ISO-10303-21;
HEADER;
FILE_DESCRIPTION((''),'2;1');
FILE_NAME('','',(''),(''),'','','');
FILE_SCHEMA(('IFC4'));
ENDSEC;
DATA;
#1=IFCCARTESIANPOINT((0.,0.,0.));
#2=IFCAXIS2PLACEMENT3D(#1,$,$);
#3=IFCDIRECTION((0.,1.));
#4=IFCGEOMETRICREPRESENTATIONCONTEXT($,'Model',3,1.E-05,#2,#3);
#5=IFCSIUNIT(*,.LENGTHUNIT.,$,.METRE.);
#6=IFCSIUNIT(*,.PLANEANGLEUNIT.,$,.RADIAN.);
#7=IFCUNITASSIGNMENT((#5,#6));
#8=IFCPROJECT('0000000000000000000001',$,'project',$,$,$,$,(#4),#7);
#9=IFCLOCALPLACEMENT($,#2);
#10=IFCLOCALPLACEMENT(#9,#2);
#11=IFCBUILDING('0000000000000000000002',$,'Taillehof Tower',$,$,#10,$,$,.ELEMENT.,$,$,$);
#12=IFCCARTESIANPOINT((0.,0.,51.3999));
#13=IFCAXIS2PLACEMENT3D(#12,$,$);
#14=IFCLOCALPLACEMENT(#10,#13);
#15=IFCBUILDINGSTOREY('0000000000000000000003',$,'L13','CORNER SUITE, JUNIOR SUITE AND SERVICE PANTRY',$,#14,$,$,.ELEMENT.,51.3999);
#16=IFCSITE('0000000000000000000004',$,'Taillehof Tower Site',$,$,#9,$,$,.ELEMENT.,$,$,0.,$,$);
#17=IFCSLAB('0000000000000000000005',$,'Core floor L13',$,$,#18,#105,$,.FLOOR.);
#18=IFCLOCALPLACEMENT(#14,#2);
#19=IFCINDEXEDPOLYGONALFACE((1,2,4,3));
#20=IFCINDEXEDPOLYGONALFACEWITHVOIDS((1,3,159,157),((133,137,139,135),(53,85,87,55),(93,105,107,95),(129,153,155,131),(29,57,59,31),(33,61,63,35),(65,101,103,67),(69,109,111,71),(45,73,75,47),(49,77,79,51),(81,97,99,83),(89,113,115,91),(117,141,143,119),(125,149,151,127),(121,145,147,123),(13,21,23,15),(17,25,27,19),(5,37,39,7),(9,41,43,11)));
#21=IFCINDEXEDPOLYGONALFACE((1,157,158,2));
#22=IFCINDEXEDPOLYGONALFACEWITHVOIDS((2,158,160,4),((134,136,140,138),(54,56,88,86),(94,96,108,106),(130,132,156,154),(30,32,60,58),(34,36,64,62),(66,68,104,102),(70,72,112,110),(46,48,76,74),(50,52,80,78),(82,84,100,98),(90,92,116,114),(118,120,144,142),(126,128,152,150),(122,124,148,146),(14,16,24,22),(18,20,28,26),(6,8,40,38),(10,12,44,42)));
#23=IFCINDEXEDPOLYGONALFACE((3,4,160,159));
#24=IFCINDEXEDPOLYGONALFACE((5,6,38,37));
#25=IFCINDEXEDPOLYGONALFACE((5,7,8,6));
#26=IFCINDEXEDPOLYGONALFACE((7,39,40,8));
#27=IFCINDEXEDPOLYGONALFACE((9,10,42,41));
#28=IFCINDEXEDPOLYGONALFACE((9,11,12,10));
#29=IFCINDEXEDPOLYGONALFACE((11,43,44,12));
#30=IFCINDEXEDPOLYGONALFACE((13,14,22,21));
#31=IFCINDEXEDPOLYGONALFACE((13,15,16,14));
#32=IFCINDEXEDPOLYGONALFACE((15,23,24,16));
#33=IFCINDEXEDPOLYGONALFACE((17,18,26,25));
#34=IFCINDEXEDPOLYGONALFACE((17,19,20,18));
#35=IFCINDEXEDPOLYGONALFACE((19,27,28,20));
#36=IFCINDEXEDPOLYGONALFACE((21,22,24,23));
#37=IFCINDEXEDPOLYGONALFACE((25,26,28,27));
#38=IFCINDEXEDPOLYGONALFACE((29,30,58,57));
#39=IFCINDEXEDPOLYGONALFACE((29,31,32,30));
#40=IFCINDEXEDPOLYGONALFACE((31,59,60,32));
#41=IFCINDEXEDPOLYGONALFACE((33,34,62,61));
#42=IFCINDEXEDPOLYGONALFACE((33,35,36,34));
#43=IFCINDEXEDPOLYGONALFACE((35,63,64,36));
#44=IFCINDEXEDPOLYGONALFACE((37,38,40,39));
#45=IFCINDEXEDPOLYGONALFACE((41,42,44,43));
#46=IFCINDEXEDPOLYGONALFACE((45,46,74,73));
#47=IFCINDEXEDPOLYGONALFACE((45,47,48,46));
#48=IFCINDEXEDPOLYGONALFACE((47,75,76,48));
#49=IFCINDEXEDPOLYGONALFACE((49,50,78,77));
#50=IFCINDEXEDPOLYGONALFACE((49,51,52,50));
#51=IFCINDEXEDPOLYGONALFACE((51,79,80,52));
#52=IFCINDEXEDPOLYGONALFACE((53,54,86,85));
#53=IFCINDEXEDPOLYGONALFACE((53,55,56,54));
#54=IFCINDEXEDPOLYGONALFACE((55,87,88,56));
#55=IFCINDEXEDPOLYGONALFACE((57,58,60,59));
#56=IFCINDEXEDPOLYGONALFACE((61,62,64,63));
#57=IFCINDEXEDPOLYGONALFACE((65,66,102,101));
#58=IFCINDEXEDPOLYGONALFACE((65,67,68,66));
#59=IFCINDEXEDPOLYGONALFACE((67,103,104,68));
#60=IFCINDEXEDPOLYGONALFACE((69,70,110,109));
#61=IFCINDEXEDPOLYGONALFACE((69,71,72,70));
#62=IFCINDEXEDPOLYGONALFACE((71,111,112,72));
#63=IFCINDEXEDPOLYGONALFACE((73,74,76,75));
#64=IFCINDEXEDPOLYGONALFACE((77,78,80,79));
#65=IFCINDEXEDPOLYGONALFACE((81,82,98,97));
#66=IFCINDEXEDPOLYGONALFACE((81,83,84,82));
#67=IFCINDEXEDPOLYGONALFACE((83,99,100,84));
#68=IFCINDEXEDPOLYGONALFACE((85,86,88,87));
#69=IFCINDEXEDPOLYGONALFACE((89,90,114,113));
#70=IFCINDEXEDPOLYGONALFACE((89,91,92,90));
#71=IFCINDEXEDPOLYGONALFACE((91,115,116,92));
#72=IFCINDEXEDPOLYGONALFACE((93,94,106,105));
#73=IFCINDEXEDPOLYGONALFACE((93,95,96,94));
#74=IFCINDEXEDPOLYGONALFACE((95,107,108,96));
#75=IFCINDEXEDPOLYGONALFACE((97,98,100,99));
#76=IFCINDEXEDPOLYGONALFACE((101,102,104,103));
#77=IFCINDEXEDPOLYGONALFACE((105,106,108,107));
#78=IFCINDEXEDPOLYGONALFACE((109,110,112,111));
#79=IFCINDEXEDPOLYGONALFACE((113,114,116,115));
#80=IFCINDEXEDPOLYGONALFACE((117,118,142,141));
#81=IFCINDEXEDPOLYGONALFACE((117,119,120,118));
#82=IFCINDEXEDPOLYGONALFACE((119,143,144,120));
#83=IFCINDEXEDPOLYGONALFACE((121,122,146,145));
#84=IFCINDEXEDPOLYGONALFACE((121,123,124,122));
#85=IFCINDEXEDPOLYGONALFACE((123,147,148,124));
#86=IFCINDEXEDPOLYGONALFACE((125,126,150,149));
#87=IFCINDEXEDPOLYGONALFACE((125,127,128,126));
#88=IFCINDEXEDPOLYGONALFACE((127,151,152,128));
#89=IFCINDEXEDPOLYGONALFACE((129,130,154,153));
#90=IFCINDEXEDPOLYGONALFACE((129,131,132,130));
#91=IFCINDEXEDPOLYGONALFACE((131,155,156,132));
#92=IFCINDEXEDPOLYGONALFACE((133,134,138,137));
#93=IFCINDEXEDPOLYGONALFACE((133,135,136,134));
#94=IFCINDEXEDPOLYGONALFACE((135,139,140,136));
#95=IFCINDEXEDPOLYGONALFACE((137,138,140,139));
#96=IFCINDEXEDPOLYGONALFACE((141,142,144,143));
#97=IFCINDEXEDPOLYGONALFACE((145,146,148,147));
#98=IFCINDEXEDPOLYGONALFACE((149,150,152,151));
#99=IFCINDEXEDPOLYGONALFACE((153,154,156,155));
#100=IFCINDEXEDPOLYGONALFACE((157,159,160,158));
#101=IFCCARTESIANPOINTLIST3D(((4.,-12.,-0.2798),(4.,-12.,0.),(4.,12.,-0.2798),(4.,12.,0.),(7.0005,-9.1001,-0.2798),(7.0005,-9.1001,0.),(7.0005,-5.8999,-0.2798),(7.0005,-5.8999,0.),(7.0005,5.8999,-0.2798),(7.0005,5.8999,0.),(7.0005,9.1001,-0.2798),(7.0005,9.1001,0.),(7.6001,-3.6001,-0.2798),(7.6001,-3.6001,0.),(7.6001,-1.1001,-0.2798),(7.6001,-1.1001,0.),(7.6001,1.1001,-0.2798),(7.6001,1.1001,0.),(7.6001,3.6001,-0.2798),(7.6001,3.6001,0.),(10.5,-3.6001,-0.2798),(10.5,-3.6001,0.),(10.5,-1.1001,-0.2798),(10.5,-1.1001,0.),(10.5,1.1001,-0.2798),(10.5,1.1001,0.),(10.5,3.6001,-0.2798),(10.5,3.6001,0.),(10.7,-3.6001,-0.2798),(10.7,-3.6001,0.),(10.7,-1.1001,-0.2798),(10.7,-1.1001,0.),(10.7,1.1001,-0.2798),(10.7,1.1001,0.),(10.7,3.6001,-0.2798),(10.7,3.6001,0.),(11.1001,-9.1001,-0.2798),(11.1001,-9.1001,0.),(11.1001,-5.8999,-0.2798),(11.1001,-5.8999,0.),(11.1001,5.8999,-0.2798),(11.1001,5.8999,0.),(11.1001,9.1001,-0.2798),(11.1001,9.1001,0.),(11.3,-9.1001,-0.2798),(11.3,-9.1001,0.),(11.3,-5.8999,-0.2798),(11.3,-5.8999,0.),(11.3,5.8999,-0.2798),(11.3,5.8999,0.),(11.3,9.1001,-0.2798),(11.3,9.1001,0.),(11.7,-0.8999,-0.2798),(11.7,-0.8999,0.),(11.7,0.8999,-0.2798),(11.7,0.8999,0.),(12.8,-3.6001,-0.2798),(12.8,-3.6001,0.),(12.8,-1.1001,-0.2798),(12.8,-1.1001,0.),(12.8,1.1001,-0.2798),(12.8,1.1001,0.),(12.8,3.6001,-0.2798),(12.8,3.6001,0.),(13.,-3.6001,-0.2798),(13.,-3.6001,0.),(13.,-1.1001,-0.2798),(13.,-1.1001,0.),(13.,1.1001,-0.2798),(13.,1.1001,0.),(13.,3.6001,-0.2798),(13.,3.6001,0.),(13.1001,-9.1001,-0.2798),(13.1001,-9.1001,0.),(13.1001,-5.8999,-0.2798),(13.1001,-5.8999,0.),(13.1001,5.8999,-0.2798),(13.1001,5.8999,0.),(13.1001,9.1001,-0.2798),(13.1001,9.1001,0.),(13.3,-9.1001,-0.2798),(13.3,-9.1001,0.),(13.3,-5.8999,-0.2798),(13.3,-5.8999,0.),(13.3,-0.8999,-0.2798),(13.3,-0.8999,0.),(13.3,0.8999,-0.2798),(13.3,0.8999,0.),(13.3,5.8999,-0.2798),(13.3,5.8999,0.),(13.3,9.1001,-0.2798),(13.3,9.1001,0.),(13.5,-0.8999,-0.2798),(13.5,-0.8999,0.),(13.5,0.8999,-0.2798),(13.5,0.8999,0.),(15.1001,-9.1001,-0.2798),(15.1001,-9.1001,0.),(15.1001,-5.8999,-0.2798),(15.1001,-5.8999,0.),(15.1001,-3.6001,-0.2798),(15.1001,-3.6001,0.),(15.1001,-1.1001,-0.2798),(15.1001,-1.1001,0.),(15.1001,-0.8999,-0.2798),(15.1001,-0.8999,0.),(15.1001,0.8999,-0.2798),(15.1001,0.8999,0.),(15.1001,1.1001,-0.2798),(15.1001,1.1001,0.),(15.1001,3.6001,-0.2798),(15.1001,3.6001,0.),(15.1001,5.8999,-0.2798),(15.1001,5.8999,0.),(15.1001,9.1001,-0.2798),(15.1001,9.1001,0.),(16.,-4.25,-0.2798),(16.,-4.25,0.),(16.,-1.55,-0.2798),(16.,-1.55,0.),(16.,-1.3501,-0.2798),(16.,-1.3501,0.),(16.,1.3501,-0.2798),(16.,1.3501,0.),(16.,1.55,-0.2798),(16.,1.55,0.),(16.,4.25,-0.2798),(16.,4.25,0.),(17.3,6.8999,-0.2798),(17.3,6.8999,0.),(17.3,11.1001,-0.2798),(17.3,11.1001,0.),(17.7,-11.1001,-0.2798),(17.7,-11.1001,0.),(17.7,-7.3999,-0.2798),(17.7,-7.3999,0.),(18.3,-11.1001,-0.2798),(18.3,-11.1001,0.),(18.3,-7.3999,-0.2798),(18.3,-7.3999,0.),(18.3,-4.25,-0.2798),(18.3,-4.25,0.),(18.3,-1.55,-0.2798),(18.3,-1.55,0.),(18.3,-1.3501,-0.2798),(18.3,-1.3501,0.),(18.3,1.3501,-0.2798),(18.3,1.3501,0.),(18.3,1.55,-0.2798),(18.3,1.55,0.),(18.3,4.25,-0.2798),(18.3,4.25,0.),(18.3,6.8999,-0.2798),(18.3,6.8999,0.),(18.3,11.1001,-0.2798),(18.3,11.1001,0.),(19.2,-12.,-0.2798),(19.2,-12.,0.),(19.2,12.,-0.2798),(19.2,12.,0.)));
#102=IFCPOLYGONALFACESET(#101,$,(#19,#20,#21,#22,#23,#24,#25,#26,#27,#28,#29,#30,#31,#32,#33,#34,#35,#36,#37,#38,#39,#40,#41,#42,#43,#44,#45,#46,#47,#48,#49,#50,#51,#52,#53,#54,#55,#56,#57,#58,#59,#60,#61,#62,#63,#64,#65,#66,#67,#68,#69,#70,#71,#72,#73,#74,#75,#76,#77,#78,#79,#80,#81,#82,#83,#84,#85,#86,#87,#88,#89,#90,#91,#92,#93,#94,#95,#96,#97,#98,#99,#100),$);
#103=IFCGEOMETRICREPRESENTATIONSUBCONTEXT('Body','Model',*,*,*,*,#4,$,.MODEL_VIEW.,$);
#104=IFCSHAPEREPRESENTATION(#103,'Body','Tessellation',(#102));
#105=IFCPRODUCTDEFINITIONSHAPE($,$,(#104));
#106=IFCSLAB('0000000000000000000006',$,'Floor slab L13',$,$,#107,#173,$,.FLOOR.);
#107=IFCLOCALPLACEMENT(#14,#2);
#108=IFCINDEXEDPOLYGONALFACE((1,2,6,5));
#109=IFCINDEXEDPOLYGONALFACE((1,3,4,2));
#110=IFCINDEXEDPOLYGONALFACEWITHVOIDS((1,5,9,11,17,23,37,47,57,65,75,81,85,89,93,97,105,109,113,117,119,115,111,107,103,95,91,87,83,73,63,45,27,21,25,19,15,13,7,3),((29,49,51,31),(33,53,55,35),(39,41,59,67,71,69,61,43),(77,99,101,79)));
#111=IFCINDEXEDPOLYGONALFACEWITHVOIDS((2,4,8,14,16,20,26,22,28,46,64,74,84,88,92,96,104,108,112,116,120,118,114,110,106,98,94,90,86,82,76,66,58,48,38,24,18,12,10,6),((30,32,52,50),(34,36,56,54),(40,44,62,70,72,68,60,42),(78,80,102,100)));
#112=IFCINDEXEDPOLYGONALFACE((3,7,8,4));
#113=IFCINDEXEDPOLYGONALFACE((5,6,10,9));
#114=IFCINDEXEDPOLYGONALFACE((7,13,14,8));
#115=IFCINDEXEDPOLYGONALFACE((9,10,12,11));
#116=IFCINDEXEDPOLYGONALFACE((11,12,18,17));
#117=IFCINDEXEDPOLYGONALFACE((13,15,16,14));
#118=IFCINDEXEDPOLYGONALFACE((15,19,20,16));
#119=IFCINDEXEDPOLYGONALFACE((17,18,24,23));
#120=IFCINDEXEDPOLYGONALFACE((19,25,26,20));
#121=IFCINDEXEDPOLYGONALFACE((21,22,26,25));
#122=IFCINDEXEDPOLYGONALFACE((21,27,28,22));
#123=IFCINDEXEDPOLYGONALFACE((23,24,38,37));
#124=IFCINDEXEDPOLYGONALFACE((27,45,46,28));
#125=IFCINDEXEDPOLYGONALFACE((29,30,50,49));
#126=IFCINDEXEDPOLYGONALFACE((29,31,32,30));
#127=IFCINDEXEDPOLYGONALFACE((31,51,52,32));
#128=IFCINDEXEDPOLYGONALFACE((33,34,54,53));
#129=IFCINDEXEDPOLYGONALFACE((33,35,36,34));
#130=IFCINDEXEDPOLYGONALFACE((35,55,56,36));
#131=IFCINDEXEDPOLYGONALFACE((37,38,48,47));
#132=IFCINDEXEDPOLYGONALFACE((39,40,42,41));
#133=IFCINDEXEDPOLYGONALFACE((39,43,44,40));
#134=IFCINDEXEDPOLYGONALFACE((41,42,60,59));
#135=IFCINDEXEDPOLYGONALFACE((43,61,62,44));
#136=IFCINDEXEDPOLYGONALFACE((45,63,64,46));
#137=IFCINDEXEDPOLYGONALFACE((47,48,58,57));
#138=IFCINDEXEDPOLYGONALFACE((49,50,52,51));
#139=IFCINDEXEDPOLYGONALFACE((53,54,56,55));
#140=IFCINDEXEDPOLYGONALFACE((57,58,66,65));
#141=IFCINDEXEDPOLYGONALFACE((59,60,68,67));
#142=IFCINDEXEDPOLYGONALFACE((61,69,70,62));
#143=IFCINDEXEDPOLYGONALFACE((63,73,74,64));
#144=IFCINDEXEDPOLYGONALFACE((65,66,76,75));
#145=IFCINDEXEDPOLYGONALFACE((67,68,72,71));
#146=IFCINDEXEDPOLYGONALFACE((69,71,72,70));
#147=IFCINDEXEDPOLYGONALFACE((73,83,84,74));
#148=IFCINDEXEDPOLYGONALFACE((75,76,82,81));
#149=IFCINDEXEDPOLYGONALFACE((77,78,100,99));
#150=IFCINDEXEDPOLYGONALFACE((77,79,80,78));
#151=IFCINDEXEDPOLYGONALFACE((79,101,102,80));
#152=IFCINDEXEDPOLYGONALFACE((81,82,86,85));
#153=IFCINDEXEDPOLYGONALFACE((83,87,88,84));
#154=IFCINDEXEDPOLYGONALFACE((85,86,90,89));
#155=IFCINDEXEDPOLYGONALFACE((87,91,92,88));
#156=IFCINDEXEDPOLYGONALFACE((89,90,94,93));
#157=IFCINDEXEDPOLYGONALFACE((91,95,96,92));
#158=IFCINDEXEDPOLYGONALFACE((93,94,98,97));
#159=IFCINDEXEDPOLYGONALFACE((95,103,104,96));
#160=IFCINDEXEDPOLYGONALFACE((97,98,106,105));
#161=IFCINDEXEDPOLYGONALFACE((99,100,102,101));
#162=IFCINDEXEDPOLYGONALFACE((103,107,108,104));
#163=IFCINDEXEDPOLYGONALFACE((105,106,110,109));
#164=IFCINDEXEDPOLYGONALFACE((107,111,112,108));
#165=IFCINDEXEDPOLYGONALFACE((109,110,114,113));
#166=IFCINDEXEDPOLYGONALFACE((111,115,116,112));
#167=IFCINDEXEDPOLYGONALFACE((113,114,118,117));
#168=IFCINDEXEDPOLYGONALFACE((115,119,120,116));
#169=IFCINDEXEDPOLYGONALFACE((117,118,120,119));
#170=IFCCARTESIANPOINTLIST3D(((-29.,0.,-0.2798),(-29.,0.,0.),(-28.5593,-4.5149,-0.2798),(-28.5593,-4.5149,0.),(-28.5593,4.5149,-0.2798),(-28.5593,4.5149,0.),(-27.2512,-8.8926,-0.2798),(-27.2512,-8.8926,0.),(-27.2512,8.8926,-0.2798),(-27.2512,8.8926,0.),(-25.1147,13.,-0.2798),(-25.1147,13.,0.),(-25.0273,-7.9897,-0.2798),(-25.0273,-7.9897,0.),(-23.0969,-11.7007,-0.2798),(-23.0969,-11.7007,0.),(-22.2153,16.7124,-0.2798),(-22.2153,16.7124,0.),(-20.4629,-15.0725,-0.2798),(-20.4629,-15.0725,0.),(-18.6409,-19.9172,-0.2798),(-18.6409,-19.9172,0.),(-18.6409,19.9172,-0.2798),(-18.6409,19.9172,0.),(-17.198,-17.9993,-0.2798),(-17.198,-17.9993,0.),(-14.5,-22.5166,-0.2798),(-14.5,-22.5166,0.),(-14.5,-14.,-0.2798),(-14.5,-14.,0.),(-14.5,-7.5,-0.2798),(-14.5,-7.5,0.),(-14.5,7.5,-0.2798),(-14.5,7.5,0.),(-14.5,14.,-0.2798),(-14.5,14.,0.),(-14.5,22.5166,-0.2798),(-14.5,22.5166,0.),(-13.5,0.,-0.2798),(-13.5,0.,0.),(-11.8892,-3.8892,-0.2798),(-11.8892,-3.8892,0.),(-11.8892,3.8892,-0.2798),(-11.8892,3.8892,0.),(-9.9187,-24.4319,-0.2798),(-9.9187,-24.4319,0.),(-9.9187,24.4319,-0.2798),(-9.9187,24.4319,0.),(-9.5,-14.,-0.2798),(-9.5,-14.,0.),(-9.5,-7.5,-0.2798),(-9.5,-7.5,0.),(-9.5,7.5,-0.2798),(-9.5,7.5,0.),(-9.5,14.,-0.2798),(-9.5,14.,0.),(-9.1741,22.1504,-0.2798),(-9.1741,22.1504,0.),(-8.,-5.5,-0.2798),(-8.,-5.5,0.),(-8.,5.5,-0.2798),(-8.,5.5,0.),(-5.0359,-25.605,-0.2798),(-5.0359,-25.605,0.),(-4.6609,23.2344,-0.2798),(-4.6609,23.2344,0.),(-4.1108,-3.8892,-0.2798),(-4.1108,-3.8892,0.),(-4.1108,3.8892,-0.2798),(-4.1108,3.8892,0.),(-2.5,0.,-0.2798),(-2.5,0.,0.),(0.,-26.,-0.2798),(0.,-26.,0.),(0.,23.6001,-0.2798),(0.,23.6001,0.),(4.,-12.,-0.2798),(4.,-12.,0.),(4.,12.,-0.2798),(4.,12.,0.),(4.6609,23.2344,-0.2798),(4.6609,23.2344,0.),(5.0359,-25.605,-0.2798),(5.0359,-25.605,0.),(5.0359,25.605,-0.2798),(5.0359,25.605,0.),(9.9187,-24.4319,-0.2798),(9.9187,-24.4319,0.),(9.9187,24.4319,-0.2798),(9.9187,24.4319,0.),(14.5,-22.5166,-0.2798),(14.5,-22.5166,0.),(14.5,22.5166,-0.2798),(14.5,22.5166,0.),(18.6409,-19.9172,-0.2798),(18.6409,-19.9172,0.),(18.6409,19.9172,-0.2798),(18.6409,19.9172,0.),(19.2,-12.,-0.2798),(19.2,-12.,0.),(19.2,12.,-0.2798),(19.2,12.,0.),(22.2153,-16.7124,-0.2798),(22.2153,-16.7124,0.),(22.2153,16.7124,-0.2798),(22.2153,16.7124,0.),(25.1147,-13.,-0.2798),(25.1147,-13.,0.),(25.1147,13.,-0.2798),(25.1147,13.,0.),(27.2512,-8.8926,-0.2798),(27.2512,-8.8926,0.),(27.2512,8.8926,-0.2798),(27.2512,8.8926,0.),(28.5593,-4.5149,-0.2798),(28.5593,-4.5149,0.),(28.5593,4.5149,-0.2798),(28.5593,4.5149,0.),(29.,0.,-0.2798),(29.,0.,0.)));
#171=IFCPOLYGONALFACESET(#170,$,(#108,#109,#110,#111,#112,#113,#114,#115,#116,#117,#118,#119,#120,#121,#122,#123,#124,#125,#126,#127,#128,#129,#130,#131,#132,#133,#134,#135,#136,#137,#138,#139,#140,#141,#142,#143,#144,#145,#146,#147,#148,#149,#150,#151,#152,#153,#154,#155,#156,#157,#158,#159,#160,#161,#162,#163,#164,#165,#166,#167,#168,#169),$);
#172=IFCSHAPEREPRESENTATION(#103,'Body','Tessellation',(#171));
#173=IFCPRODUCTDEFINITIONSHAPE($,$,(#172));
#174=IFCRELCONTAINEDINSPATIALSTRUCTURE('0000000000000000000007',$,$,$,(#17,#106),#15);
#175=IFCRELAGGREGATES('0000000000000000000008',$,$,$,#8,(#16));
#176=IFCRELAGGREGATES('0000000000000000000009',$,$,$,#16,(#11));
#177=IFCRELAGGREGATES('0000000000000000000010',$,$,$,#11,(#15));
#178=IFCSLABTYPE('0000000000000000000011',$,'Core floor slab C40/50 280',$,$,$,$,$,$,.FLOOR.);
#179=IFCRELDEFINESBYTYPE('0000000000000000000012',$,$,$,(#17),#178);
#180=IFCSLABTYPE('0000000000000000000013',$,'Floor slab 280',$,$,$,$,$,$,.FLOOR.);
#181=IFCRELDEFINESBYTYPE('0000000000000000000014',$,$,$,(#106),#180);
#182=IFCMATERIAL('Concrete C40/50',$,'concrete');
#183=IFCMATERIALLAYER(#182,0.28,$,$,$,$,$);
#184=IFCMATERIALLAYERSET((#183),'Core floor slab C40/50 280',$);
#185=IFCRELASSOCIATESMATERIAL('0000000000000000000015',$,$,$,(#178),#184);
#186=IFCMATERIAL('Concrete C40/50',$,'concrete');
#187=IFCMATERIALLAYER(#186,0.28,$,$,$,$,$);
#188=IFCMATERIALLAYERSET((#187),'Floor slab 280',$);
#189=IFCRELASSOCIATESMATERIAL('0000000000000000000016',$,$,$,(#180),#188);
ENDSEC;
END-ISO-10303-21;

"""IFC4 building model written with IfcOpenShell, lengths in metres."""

from ifc_helpers import new_model, si_unit, direction, frame, origin, place, context, subcontext, project, spatial, polyline, outline, extrude, material, layer, layer_set, type_object, element, save


model = new_model("IFC4")

# Units and contexts
model_context = context("Model", 3, precision=1e-05, world=origin(), true_north=direction((0.0, 1.0)))
body_context = subcontext(model_context, "Body", "Model", "MODEL_VIEW")
ifc_project = project(units=[si_unit("LENGTHUNIT", "METRE"), si_unit("PLANEANGLEUNIT", "RADIAN")], contexts=[model_context])

# Site, building, storey
site_placement = place(None, origin())
site = spatial("IfcSite", under=ifc_project, at=site_placement, Name="Taillehof Tower Site", CompositionType="ELEMENT", RefElevation=0.0)
building_placement = place(site_placement, origin())
building = spatial("IfcBuilding", under=site, at=building_placement, Name="Taillehof Tower", CompositionType="ELEMENT")
storey_placement = place(building_placement, frame((0.0, 0.0, 51.3999)))
storey = spatial("IfcBuildingStorey", under=building, at=storey_placement, Name="L13", Description="CORNER SUITE, JUNIOR SUITE AND SERVICE PANTRY", CompositionType="ELEMENT", Elevation=51.3999)

# Slabs
ifc_material_1 = material(Name="Concrete C40/50", Category="concrete")
ifc_layer_1 = layer(ifc_material_1, 0.28)
ifc_layer_set_1 = layer_set([ifc_layer_1], Name="Core floor slab C40/50 280")
slab_type_1 = type_object("IfcSlabType", Name="Core floor slab C40/50 280", PredefinedType="FLOOR", material=ifc_layer_set_1)
slab_1_placement = place(storey_placement, frame((0.0, 0.0, -0.2798)))
element("IfcSlab", 1, at=slab_1_placement, inside=storey, type_object=slab_type_1, Name="Core floor L13", PredefinedType="FLOOR", context=body_context, shape_type="SweptSolid", body=[
    extrude(outline(polyline([(4.0, -12.0), (4.0, 12.0), (19.2, 12.0), (19.2, -12.0), (4.0, -12.0)]), holes=[polyline([(7.0005, -9.1001), (11.1001, -9.1001), (11.1001, -5.8999), (7.0005, -5.8999), (7.0005, -9.1001)]), polyline([(13.1001, -9.1001), (13.1001, -5.8999), (11.3, -5.8999), (11.3, -9.1001), (13.1001, -9.1001)]), polyline([(10.5, -3.6001), (10.5, -1.1001), (7.6001, -1.1001), (7.6001, -3.6001), (10.5, -3.6001)]), polyline([(12.8, -3.6001), (12.8, -1.1001), (10.7, -1.1001), (10.7, -3.6001), (12.8, -3.6001)]), polyline([(13.3, -0.8999), (13.3, 0.8999), (11.7, 0.8999), (11.7, -0.8999), (13.3, -0.8999)]), polyline([(10.5, 1.1001), (10.5, 3.6001), (7.6001, 3.6001), (7.6001, 1.1001), (10.5, 1.1001)]), polyline([(12.8, 1.1001), (12.8, 3.6001), (10.7, 3.6001), (10.7, 1.1001), (12.8, 1.1001)]), polyline([(13.0, 1.1001), (15.1001, 1.1001), (15.1001, 3.6001), (13.0, 3.6001), (13.0, 1.1001)]), polyline([(11.3, 5.8999), (13.1001, 5.8999), (13.1001, 9.1001), (11.3, 9.1001), (11.3, 5.8999)]), polyline([(11.1001, 5.8999), (11.1001, 9.1001), (7.0005, 9.1001), (7.0005, 5.8999), (11.1001, 5.8999)]), polyline([(18.3, -11.1001), (18.3, -7.3999), (17.7, -7.3999), (17.7, -11.1001), (18.3, -11.1001)]), polyline([(15.1001, -9.1001), (15.1001, -5.8999), (13.3, -5.8999), (13.3, -9.1001), (15.1001, -9.1001)]), polyline([(16.0, -4.25), (18.3, -4.25), (18.3, -1.55), (16.0, -1.55), (16.0, -4.25)]), polyline([(13.0, -3.6001), (15.1001, -3.6001), (15.1001, -1.1001), (13.0, -1.1001), (13.0, -3.6001)]), polyline([(15.1001, -0.8999), (15.1001, 0.8999), (13.5, 0.8999), (13.5, -0.8999), (15.1001, -0.8999)]), polyline([(18.3, -1.3501), (18.3, 1.3501), (16.0, 1.3501), (16.0, -1.3501), (18.3, -1.3501)]), polyline([(18.3, 1.55), (18.3, 4.25), (16.0, 4.25), (16.0, 1.55), (18.3, 1.55)]), polyline([(13.3, 5.8999), (15.1001, 5.8999), (15.1001, 9.1001), (13.3, 9.1001), (13.3, 5.8999)]), polyline([(17.3, 6.8999), (18.3, 6.8999), (18.3, 11.1001), (17.3, 11.1001), (17.3, 6.8999)])]), origin(), (0.0, 0.0, 1.0), 0.2798),
])
ifc_material_2 = material(Name="Concrete C40/50", Category="concrete")
ifc_layer_2 = layer(ifc_material_2, 0.28)
ifc_layer_set_2 = layer_set([ifc_layer_2], Name="Floor slab 280")
slab_type_2 = type_object("IfcSlabType", Name="Floor slab 280", PredefinedType="FLOOR", material=ifc_layer_set_2)
slab_2_placement = place(storey_placement, frame((0.0, 0.0, -0.2798)))
element("IfcSlab", 2, at=slab_2_placement, inside=storey, type_object=slab_type_2, Name="Floor slab L13", PredefinedType="FLOOR", context=body_context, shape_type="SweptSolid", body=[
    extrude(outline(polyline([(29.0, 0.0), (28.5593, 4.5149), (27.2512, 8.8926), (25.1147, 13.0), (22.2153, 16.7124), (18.6409, 19.9172), (14.5, 22.5166), (9.9187, 24.4319), (5.0359, 25.605), (4.6609, 23.2344), (0.0, 23.6001), (-4.6609, 23.2344), (-9.1741, 22.1504), (-9.9187, 24.4319), (-14.5, 22.5166), (-18.6409, 19.9172), (-22.2153, 16.7124), (-25.1147, 13.0), (-27.2512, 8.8926), (-28.5593, 4.5149), (-29.0, 0.0), (-28.5593, -4.5149), (-27.2512, -8.8926), (-25.0273, -7.9897), (-23.0969, -11.7007), (-20.4629, -15.0725), (-17.198, -17.9993), (-18.6409, -19.9172), (-14.5, -22.5166), (-9.9187, -24.4319), (-5.0359, -25.605), (0.0, -26.0), (5.0359, -25.605), (9.9187, -24.4319), (14.5, -22.5166), (18.6409, -19.9172), (22.2153, -16.7124), (25.1147, -13.0), (27.2512, -8.8926), (28.5593, -4.5149), (29.0, 0.0)]), holes=[polyline([(-14.5, -7.5), (-9.5, -7.5), (-9.5, -14.0), (-14.5, -14.0), (-14.5, -7.5)]), polyline([(-8.0, -5.5), (-11.8892, -3.8892), (-13.5, 0.0), (-11.8892, 3.8892), (-8.0, 5.5), (-4.1108, 3.8892), (-2.5, 0.0), (-4.1108, -3.8892), (-8.0, -5.5)]), polyline([(19.2, 12.0), (19.2, -12.0), (4.0, -12.0), (4.0, 12.0), (19.2, 12.0)]), polyline([(-14.5, 14.0), (-9.5, 14.0), (-9.5, 7.5), (-14.5, 7.5), (-14.5, 14.0)])]), origin(), (0.0, 0.0, 1.0), 0.2798),
])

save(model, "model.ifc")
